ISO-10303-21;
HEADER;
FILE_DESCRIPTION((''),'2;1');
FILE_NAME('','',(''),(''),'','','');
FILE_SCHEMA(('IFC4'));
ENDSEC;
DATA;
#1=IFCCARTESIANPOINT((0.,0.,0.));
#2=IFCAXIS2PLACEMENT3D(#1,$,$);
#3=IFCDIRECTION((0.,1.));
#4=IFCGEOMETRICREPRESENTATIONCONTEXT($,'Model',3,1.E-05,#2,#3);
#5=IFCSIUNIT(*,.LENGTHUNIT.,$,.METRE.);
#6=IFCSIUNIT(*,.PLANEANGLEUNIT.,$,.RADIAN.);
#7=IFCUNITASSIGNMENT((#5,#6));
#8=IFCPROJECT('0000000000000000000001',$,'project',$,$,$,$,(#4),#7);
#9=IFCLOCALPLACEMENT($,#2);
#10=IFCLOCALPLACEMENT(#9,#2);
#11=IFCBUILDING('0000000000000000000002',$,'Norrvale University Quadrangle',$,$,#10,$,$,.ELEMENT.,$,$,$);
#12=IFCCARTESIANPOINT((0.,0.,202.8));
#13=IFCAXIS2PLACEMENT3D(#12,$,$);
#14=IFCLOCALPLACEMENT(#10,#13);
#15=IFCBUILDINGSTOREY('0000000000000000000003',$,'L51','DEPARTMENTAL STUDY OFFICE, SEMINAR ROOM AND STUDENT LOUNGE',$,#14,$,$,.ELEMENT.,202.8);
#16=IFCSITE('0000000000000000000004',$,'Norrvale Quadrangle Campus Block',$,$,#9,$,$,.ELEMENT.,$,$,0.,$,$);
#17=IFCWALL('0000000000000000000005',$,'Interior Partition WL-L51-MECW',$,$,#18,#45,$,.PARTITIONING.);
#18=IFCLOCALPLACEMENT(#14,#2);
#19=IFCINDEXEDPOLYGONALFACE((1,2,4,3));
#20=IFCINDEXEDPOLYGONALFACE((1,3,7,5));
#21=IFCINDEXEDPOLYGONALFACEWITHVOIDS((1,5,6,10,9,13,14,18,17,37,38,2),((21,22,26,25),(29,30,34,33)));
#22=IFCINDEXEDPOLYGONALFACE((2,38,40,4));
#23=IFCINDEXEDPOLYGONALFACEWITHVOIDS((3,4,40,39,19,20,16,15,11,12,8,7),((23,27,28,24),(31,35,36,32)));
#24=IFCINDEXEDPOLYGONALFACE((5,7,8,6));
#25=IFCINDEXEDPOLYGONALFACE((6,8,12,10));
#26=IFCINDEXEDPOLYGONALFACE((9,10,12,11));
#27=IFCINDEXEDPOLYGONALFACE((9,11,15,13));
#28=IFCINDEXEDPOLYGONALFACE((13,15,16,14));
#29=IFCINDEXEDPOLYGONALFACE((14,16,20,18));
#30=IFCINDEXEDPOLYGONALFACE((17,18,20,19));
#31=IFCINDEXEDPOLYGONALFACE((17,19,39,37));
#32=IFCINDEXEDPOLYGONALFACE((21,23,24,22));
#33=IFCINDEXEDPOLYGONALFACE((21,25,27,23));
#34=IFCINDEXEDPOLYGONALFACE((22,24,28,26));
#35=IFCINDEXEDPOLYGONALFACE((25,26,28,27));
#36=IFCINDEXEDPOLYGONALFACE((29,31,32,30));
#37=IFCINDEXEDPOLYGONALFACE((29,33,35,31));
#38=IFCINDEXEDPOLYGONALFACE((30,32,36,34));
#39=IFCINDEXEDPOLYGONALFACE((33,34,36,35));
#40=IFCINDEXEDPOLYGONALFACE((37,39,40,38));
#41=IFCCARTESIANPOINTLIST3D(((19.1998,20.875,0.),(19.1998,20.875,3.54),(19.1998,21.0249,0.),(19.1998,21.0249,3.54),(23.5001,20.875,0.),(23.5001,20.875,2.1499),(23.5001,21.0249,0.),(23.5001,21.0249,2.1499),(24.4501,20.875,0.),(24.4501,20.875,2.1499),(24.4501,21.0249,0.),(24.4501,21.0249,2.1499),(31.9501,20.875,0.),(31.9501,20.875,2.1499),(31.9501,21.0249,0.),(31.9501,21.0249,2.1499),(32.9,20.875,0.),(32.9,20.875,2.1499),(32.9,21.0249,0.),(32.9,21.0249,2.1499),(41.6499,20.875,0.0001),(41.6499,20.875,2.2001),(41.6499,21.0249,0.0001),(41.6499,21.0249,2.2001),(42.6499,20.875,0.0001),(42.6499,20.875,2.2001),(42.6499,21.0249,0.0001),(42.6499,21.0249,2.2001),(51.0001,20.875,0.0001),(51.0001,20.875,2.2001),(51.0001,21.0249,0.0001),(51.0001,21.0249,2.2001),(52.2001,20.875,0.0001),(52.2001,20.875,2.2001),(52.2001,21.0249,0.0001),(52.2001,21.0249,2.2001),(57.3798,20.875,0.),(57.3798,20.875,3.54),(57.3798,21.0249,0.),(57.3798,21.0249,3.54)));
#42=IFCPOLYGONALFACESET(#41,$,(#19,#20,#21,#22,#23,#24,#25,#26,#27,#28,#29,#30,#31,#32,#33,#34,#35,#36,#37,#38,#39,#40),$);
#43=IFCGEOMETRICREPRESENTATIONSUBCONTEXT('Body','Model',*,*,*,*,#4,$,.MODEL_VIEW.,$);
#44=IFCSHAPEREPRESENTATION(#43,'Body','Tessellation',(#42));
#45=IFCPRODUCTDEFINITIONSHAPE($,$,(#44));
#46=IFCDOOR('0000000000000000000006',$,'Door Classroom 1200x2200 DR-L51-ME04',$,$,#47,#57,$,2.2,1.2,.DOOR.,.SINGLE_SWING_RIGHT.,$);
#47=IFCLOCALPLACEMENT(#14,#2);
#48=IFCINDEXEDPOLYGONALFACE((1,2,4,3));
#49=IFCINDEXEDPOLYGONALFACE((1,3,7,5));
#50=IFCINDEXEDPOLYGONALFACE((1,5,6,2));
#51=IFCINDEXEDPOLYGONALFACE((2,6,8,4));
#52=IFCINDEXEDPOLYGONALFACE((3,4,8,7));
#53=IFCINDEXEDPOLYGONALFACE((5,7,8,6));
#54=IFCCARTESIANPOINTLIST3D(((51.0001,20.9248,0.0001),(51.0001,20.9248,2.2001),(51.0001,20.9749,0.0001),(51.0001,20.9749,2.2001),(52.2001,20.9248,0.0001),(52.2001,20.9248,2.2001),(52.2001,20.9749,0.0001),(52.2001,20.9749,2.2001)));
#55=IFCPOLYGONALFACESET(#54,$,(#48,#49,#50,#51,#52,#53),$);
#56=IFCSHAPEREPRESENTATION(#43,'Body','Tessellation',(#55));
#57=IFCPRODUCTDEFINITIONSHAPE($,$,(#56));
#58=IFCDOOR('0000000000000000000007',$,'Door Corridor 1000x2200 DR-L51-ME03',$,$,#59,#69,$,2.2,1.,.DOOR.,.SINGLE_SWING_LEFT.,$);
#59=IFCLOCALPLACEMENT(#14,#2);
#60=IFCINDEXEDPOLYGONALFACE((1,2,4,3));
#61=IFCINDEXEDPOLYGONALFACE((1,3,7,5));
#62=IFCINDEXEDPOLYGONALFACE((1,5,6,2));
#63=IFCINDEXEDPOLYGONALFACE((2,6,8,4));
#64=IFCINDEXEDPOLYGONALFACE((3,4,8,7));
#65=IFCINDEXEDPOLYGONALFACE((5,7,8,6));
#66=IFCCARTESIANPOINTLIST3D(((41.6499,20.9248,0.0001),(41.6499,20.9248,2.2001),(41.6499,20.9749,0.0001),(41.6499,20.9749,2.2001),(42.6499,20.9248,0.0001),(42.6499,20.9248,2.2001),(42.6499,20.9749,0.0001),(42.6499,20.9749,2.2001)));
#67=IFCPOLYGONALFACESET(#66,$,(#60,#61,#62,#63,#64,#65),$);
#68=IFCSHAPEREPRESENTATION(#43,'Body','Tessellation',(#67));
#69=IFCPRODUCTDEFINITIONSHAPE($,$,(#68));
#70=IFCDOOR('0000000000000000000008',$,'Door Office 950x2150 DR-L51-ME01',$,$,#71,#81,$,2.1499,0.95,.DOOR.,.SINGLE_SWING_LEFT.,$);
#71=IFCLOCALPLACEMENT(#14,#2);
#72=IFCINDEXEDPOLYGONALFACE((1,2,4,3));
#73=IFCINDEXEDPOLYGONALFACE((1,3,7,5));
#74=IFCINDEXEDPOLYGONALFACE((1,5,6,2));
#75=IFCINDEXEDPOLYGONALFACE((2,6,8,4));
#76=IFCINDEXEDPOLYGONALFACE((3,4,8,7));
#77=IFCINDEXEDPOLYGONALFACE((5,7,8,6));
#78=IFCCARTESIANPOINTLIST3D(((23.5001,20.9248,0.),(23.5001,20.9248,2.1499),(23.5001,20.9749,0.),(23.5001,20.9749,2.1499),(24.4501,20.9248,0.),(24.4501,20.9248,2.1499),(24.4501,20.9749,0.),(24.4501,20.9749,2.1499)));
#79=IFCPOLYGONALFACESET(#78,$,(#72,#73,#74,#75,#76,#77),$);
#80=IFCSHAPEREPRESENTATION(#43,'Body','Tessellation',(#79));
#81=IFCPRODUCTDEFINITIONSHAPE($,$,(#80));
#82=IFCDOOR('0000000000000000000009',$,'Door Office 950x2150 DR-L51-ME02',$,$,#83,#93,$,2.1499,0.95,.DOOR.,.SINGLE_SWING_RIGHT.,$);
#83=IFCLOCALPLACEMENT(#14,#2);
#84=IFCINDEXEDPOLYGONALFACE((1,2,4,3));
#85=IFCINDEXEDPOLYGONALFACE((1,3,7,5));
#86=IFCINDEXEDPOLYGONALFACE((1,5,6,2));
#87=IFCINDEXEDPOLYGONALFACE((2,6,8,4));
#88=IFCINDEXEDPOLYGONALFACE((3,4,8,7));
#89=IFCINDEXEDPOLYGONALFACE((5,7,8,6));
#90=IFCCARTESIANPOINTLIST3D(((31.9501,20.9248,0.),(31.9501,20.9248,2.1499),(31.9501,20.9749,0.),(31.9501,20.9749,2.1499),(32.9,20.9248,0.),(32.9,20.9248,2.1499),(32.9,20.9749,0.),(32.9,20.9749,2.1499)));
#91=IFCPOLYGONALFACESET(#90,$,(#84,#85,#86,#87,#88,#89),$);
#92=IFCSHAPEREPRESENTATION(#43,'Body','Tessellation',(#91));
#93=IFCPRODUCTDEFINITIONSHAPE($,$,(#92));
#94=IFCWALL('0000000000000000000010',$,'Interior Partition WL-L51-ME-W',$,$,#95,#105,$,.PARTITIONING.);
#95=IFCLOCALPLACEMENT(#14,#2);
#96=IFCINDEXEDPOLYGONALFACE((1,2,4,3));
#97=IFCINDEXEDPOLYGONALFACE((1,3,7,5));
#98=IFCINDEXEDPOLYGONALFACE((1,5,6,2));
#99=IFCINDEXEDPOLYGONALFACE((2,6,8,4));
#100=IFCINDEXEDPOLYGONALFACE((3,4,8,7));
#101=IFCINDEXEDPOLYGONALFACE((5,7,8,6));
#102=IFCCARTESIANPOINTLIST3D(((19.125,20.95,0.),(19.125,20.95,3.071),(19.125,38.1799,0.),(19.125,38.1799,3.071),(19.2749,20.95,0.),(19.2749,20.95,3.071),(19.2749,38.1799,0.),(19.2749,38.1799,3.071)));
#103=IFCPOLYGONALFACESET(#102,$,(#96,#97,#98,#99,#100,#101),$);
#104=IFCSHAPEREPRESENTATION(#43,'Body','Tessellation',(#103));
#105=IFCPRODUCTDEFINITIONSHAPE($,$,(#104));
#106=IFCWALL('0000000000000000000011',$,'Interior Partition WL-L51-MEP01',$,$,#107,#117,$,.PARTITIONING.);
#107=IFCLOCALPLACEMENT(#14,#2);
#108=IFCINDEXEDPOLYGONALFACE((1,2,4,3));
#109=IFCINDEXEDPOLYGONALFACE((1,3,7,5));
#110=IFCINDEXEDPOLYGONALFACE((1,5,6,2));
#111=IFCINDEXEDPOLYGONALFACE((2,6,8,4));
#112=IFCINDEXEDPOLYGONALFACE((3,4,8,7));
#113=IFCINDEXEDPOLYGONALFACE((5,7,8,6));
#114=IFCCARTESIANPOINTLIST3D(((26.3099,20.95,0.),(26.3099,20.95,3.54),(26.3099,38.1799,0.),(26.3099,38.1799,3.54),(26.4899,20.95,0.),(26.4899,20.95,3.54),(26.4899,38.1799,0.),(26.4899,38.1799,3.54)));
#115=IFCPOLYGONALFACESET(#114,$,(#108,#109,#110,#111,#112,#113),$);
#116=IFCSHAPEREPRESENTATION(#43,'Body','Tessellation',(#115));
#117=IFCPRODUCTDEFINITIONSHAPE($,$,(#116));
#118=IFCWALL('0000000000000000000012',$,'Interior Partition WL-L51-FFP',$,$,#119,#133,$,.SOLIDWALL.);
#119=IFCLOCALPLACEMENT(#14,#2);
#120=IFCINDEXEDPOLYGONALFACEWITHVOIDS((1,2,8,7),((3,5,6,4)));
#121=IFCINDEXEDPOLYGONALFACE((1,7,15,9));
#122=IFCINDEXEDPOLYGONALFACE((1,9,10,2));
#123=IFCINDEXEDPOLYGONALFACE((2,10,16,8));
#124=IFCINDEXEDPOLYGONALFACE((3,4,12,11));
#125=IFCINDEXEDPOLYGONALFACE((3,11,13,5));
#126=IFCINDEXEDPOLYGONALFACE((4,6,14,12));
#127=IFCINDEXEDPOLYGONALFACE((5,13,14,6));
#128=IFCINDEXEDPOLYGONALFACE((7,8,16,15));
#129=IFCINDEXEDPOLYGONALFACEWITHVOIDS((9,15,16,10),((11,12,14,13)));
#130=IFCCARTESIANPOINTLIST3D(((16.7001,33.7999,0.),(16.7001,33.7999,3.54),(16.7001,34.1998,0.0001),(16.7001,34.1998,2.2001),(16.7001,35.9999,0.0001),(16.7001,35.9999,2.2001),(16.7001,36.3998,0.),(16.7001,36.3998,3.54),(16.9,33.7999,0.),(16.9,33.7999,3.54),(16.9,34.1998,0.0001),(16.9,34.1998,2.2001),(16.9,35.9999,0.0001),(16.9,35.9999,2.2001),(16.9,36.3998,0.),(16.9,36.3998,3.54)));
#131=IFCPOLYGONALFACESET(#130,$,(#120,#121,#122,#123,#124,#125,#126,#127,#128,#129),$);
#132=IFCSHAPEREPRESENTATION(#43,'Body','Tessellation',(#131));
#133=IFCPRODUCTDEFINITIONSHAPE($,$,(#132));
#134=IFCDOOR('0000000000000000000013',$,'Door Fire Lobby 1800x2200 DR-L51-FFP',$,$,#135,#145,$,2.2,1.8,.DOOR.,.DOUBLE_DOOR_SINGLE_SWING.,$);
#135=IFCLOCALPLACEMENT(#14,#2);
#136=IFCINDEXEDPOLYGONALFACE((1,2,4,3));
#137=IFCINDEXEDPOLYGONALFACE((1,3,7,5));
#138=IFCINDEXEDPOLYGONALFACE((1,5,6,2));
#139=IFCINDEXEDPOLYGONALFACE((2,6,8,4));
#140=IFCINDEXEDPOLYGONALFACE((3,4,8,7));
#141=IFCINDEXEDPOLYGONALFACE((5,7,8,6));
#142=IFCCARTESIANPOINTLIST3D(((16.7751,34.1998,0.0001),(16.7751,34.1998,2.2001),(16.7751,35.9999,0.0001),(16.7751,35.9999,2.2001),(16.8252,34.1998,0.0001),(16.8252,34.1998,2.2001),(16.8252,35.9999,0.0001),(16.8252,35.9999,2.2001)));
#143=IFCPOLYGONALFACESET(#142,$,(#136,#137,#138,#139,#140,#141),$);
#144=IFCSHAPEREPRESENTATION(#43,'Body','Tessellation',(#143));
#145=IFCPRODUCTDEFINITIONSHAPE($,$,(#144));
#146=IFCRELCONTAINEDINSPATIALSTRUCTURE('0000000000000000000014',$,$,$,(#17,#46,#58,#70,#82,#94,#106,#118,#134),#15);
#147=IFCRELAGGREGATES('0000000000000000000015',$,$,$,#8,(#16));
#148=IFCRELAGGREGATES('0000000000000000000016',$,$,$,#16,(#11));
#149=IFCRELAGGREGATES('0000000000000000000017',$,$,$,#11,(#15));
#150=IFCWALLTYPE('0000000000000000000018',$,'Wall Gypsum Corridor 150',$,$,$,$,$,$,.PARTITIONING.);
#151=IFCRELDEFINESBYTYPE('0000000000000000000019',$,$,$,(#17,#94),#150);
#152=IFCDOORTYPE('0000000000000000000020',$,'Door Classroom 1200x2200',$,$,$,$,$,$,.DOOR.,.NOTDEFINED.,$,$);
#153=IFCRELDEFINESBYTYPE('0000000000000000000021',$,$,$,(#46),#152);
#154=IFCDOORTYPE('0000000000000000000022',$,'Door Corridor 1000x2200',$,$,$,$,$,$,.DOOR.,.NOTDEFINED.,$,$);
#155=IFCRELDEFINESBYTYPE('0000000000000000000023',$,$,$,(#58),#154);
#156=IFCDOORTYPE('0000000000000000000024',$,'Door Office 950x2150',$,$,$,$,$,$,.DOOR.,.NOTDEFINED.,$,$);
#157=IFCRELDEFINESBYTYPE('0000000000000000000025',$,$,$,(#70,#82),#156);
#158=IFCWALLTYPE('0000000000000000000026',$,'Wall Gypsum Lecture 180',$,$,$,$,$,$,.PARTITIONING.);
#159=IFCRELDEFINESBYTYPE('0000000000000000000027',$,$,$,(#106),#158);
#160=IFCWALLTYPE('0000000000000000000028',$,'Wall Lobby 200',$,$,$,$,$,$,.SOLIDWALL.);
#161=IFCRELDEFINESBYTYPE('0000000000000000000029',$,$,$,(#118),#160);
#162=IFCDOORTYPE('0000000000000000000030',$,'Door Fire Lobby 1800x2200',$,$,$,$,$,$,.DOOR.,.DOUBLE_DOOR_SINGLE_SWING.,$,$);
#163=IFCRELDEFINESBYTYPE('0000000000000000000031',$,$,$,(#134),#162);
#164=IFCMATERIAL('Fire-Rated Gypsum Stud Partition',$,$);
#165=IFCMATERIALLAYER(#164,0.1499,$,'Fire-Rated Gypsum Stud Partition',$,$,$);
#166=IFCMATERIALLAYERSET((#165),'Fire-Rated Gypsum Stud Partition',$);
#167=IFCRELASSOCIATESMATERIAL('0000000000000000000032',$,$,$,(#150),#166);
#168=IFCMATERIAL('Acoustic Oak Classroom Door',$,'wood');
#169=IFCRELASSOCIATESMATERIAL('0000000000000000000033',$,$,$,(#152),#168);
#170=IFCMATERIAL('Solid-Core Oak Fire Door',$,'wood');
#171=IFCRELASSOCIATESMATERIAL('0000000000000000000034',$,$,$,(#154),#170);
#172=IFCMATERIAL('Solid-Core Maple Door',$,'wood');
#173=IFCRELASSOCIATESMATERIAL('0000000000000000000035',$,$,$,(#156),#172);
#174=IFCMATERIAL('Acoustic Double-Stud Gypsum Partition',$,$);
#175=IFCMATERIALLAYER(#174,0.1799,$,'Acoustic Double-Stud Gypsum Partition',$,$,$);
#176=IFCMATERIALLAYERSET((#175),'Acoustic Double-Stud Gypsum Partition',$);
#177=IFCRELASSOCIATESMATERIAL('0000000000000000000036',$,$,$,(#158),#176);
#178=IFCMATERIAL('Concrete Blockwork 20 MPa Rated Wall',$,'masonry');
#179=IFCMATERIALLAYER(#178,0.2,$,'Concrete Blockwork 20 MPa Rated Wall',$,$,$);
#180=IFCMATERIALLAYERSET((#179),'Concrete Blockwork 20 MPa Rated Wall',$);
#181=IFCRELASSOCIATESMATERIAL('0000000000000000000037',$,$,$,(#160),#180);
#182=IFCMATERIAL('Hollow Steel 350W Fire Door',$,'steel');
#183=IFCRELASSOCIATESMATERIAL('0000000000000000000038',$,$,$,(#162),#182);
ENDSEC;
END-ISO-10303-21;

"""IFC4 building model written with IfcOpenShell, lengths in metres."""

from ifc_helpers import new_model, si_unit, direction, frame, frame_2d, origin, place, context, subcontext, project, spatial, rectangle, extrude, material, layer, layer_set, type_object, element, fill, save


model = new_model("IFC4")

# Units and contexts
model_context = context("Model", 3, precision=1e-05, world=origin(), true_north=direction((0.0, 1.0)))
body_context = subcontext(model_context, "Body", "Model", "MODEL_VIEW")
ifc_project = project(units=[si_unit("LENGTHUNIT", "METRE"), si_unit("PLANEANGLEUNIT", "RADIAN")], contexts=[model_context])

# Site, building, storey
site_placement = place(None, origin())
site = spatial("IfcSite", under=ifc_project, at=site_placement, Name="Norrvale Quadrangle Campus Block", CompositionType="ELEMENT", RefElevation=0.0)
building_placement = place(site_placement, origin())
building = spatial("IfcBuilding", under=site, at=building_placement, Name="Norrvale University Quadrangle", CompositionType="ELEMENT")
storey_placement = place(building_placement, frame((0.0, 0.0, 202.8)))
storey = spatial("IfcBuildingStorey", under=building, at=storey_placement, Name="L51", Description="DEPARTMENTAL STUDY OFFICE, SEMINAR ROOM AND STUDENT LOUNGE", CompositionType="ELEMENT", Elevation=202.8)

# Wall, openings, doors
ifc_material_1 = material(Name="Fire-Rated Gypsum Stud Partition")
ifc_layer_1 = layer(ifc_material_1, 0.1499, Name="Fire-Rated Gypsum Stud Partition")
ifc_layer_set_1 = layer_set([ifc_layer_1], Name="Fire-Rated Gypsum Stud Partition")
wall_type_1 = type_object("IfcWallType", Name="Wall Gypsum Corridor 150", PredefinedType="PARTITIONING", material=ifc_layer_set_1)
wall_1_placement = place(storey_placement, frame((19.2, 20.95, 0.0), z_axis=(0.0, 0.0, 1.0), x_axis=(1.0, 0.0, 0.0)))
wall_1 = element("IfcWall", 1, at=wall_1_placement, inside=storey, type_object=wall_type_1, Name="Interior Partition WL-L51-MECW", PredefinedType="PARTITIONING", context=body_context, shape_type="SweptSolid", body=[
    extrude(rectangle(XDim=38.1799, YDim=0.1499, at=frame_2d((19.0898, 0.0))), origin(), (0.0, 0.0, 1.0), 3.54),
])
opening_1_placement = place(wall_1_placement, frame((4.3, 0.0, 0.0)))
opening_1 = element("IfcOpeningElement", 2, at=opening_1_placement, cuts=wall_1, PredefinedType="OPENING", context=body_context, shape_type="SweptSolid", body=[
    extrude(rectangle(XDim=0.95, YDim=2.1499, at=frame_2d((0.4751, 1.075))), frame((0.0, 0.0869, 0.0), z_axis=(0.0, -1.0, 0.0), x_axis=(1.0, 0.0, 0.0)), (0.0, 0.0, 1.0), 0.1738),
])
opening_2_placement = place(wall_1_placement, frame((12.75, 0.0, 0.0)))
opening_2 = element("IfcOpeningElement", 3, at=opening_2_placement, cuts=wall_1, PredefinedType="OPENING", context=body_context, shape_type="SweptSolid", body=[
    extrude(rectangle(XDim=0.95, YDim=2.1499, at=frame_2d((0.4751, 1.075))), frame((0.0, 0.0869, 0.0), z_axis=(0.0, -1.0, 0.0), x_axis=(1.0, 0.0, 0.0)), (0.0, 0.0, 1.0), 0.1738),
])
opening_3_placement = place(wall_1_placement, frame((22.45, 0.0, 0.0)))
opening_3 = element("IfcOpeningElement", 4, at=opening_3_placement, cuts=wall_1, PredefinedType="OPENING", context=body_context, shape_type="SweptSolid", body=[
    extrude(rectangle(XDim=1.0, YDim=2.2, at=frame_2d((0.5, 1.1001))), frame((0.0, 0.0869, 0.0), z_axis=(0.0, -1.0, 0.0), x_axis=(1.0, 0.0, 0.0)), (0.0, 0.0, 1.0), 0.1738),
])
opening_4_placement = place(wall_1_placement, frame((31.8, 0.0, 0.0)))
opening_4 = element("IfcOpeningElement", 5, at=opening_4_placement, cuts=wall_1, PredefinedType="OPENING", context=body_context, shape_type="SweptSolid", body=[
    extrude(rectangle(XDim=1.2, YDim=2.2, at=frame_2d((0.6001, 1.1001))), frame((0.0, 0.0869, 0.0), z_axis=(0.0, -1.0, 0.0), x_axis=(1.0, 0.0, 0.0)), (0.0, 0.0, 1.0), 0.1738),
])
ifc_material_2 = material(Name="Acoustic Oak Classroom Door", Category="wood")
door_type_1 = type_object("IfcDoorType", Name="Door Classroom 1200x2200", OperationType="NOTDEFINED", PredefinedType="DOOR", material=ifc_material_2)
door_1_placement = place(opening_4_placement, origin())
door_1 = element("IfcDoor", 6, at=door_1_placement, inside=storey, type_object=door_type_1, Name="Door Classroom 1200x2200 DR-L51-ME04", OperationType="SINGLE_SWING_RIGHT", OverallHeight=2.2, OverallWidth=1.2, PredefinedType="DOOR", context=body_context, shape_type="SweptSolid", body=[
    extrude(rectangle(XDim=1.2, YDim=2.2, at=frame_2d((0.6001, 1.1001))), frame((0.0, 0.0249, 0.0), z_axis=(0.0, -1.0, 0.0), x_axis=(1.0, 0.0, 0.0)), (0.0, 0.0, 1.0), 0.05),
])
fill(opening_4, door_1)
ifc_material_3 = material(Name="Solid-Core Oak Fire Door", Category="wood")
door_type_2 = type_object("IfcDoorType", Name="Door Corridor 1000x2200", OperationType="NOTDEFINED", PredefinedType="DOOR", material=ifc_material_3)
door_2_placement = place(opening_3_placement, origin())
door_2 = element("IfcDoor", 7, at=door_2_placement, inside=storey, type_object=door_type_2, Name="Door Corridor 1000x2200 DR-L51-ME03", OperationType="SINGLE_SWING_LEFT", OverallHeight=2.2, OverallWidth=1.0, PredefinedType="DOOR", context=body_context, shape_type="SweptSolid", body=[
    extrude(rectangle(XDim=1.0, YDim=2.2, at=frame_2d((0.5, 1.1001))), frame((0.0, 0.0249, 0.0), z_axis=(0.0, -1.0, 0.0), x_axis=(1.0, 0.0, 0.0)), (0.0, 0.0, 1.0), 0.05),
])
fill(opening_3, door_2)
ifc_material_4 = material(Name="Solid-Core Maple Door", Category="wood")
door_type_3 = type_object("IfcDoorType", Name="Door Office 950x2150", OperationType="NOTDEFINED", PredefinedType="DOOR", material=ifc_material_4)
door_3_placement = place(opening_1_placement, origin())
door_3 = element("IfcDoor", 8, at=door_3_placement, inside=storey, type_object=door_type_3, Name="Door Office 950x2150 DR-L51-ME01", OperationType="SINGLE_SWING_LEFT", OverallHeight=2.1499, OverallWidth=0.95, PredefinedType="DOOR", context=body_context, shape_type="SweptSolid", body=[
    extrude(rectangle(XDim=0.95, YDim=2.1499, at=frame_2d((0.4751, 1.075))), frame((0.0, 0.0249, 0.0), z_axis=(0.0, -1.0, 0.0), x_axis=(1.0, 0.0, 0.0)), (0.0, 0.0, 1.0), 0.05),
])
fill(opening_1, door_3)
door_4_placement = place(opening_2_placement, origin())
door_4 = element("IfcDoor", 9, at=door_4_placement, inside=storey, type_object=door_type_3, Name="Door Office 950x2150 DR-L51-ME02", OperationType="SINGLE_SWING_RIGHT", OverallHeight=2.1499, OverallWidth=0.95, PredefinedType="DOOR", context=body_context, shape_type="SweptSolid", body=[
    extrude(rectangle(XDim=0.95, YDim=2.1499, at=frame_2d((0.4751, 1.075))), frame((0.0, 0.0249, 0.0), z_axis=(0.0, -1.0, 0.0), x_axis=(1.0, 0.0, 0.0)), (0.0, 0.0, 1.0), 0.05),
])
fill(opening_2, door_4)

# Walls
wall_2_placement = place(storey_placement, frame((19.2, 20.95, 0.0), z_axis=(0.0, 0.0, 1.0), x_axis=(0.0, 1.0, 0.0)))
element("IfcWall", 10, at=wall_2_placement, inside=storey, type_object=wall_type_1, Name="Interior Partition WL-L51-ME-W", PredefinedType="PARTITIONING", context=body_context, shape_type="SweptSolid", body=[
    extrude(rectangle(XDim=17.23, YDim=0.1499, at=frame_2d((8.615, 0.0))), origin(), (0.0, 0.0, 1.0), 3.071),
])
ifc_material_5 = material(Name="Acoustic Double-Stud Gypsum Partition")
ifc_layer_2 = layer(ifc_material_5, 0.1799, Name="Acoustic Double-Stud Gypsum Partition")
ifc_layer_set_2 = layer_set([ifc_layer_2], Name="Acoustic Double-Stud Gypsum Partition")
wall_type_2 = type_object("IfcWallType", Name="Wall Gypsum Lecture 180", PredefinedType="PARTITIONING", material=ifc_layer_set_2)
wall_3_placement = place(storey_placement, frame((26.3999, 20.95, 0.0), z_axis=(0.0, 0.0, 1.0), x_axis=(0.0, 1.0, 0.0)))
element("IfcWall", 11, at=wall_3_placement, inside=storey, type_object=wall_type_2, Name="Interior Partition WL-L51-MEP01", PredefinedType="PARTITIONING", context=body_context, shape_type="SweptSolid", body=[
    extrude(rectangle(XDim=17.23, YDim=0.1799, at=frame_2d((8.615, 0.0))), origin(), (0.0, 0.0, 1.0), 3.54),
])

# Wall, opening, door
ifc_material_6 = material(Name="Concrete Blockwork 20 MPa Rated Wall", Category="masonry")
ifc_layer_3 = layer(ifc_material_6, 0.2, Name="Concrete Blockwork 20 MPa Rated Wall")
ifc_layer_set_3 = layer_set([ifc_layer_3], Name="Concrete Blockwork 20 MPa Rated Wall")
wall_type_3 = type_object("IfcWallType", Name="Wall Lobby 200", PredefinedType="SOLIDWALL", material=ifc_layer_set_3)
wall_4_placement = place(storey_placement, frame((16.8, 33.8, 0.0), z_axis=(0.0, 0.0, 1.0), x_axis=(0.0, 1.0, 0.0)))
wall_4 = element("IfcWall", 12, at=wall_4_placement, inside=storey, type_object=wall_type_3, Name="Interior Partition WL-L51-FFP", PredefinedType="SOLIDWALL", context=body_context, shape_type="SweptSolid", body=[
    extrude(rectangle(XDim=2.5999, YDim=0.2, at=frame_2d((1.2998, 0.0))), origin(), (0.0, 0.0, 1.0), 3.54),
])
opening_5_placement = place(wall_4_placement, frame((0.3999, 0.0, 0.0)))
opening_5 = element("IfcOpeningElement", 13, at=opening_5_placement, cuts=wall_4, PredefinedType="OPENING", context=body_context, shape_type="SweptSolid", body=[
    extrude(rectangle(XDim=1.8, YDim=2.2, at=frame_2d((0.8999, 1.1001))), frame((0.0, 0.1121, 0.0), z_axis=(0.0, -1.0, 0.0), x_axis=(1.0, 0.0, 0.0)), (0.0, 0.0, 1.0), 0.2239),
])
ifc_material_7 = material(Name="Hollow Steel 350W Fire Door", Category="steel")
door_type_4 = type_object("IfcDoorType", Name="Door Fire Lobby 1800x2200", OperationType="DOUBLE_DOOR_SINGLE_SWING", PredefinedType="DOOR", material=ifc_material_7)
door_5_placement = place(opening_5_placement, origin())
door_5 = element("IfcDoor", 14, at=door_5_placement, inside=storey, type_object=door_type_4, Name="Door Fire Lobby 1800x2200 DR-L51-FFP", OperationType="DOUBLE_DOOR_SINGLE_SWING", OverallHeight=2.2, OverallWidth=1.8, PredefinedType="DOOR", context=body_context, shape_type="SweptSolid", body=[
    extrude(rectangle(XDim=1.8, YDim=2.2, at=frame_2d((0.8999, 1.1001))), frame((0.0, 0.0249, 0.0), z_axis=(0.0, -1.0, 0.0), x_axis=(1.0, 0.0, 0.0)), (0.0, 0.0, 1.0), 0.05),
])
fill(opening_5, door_5)

save(model, "model.ifc")
